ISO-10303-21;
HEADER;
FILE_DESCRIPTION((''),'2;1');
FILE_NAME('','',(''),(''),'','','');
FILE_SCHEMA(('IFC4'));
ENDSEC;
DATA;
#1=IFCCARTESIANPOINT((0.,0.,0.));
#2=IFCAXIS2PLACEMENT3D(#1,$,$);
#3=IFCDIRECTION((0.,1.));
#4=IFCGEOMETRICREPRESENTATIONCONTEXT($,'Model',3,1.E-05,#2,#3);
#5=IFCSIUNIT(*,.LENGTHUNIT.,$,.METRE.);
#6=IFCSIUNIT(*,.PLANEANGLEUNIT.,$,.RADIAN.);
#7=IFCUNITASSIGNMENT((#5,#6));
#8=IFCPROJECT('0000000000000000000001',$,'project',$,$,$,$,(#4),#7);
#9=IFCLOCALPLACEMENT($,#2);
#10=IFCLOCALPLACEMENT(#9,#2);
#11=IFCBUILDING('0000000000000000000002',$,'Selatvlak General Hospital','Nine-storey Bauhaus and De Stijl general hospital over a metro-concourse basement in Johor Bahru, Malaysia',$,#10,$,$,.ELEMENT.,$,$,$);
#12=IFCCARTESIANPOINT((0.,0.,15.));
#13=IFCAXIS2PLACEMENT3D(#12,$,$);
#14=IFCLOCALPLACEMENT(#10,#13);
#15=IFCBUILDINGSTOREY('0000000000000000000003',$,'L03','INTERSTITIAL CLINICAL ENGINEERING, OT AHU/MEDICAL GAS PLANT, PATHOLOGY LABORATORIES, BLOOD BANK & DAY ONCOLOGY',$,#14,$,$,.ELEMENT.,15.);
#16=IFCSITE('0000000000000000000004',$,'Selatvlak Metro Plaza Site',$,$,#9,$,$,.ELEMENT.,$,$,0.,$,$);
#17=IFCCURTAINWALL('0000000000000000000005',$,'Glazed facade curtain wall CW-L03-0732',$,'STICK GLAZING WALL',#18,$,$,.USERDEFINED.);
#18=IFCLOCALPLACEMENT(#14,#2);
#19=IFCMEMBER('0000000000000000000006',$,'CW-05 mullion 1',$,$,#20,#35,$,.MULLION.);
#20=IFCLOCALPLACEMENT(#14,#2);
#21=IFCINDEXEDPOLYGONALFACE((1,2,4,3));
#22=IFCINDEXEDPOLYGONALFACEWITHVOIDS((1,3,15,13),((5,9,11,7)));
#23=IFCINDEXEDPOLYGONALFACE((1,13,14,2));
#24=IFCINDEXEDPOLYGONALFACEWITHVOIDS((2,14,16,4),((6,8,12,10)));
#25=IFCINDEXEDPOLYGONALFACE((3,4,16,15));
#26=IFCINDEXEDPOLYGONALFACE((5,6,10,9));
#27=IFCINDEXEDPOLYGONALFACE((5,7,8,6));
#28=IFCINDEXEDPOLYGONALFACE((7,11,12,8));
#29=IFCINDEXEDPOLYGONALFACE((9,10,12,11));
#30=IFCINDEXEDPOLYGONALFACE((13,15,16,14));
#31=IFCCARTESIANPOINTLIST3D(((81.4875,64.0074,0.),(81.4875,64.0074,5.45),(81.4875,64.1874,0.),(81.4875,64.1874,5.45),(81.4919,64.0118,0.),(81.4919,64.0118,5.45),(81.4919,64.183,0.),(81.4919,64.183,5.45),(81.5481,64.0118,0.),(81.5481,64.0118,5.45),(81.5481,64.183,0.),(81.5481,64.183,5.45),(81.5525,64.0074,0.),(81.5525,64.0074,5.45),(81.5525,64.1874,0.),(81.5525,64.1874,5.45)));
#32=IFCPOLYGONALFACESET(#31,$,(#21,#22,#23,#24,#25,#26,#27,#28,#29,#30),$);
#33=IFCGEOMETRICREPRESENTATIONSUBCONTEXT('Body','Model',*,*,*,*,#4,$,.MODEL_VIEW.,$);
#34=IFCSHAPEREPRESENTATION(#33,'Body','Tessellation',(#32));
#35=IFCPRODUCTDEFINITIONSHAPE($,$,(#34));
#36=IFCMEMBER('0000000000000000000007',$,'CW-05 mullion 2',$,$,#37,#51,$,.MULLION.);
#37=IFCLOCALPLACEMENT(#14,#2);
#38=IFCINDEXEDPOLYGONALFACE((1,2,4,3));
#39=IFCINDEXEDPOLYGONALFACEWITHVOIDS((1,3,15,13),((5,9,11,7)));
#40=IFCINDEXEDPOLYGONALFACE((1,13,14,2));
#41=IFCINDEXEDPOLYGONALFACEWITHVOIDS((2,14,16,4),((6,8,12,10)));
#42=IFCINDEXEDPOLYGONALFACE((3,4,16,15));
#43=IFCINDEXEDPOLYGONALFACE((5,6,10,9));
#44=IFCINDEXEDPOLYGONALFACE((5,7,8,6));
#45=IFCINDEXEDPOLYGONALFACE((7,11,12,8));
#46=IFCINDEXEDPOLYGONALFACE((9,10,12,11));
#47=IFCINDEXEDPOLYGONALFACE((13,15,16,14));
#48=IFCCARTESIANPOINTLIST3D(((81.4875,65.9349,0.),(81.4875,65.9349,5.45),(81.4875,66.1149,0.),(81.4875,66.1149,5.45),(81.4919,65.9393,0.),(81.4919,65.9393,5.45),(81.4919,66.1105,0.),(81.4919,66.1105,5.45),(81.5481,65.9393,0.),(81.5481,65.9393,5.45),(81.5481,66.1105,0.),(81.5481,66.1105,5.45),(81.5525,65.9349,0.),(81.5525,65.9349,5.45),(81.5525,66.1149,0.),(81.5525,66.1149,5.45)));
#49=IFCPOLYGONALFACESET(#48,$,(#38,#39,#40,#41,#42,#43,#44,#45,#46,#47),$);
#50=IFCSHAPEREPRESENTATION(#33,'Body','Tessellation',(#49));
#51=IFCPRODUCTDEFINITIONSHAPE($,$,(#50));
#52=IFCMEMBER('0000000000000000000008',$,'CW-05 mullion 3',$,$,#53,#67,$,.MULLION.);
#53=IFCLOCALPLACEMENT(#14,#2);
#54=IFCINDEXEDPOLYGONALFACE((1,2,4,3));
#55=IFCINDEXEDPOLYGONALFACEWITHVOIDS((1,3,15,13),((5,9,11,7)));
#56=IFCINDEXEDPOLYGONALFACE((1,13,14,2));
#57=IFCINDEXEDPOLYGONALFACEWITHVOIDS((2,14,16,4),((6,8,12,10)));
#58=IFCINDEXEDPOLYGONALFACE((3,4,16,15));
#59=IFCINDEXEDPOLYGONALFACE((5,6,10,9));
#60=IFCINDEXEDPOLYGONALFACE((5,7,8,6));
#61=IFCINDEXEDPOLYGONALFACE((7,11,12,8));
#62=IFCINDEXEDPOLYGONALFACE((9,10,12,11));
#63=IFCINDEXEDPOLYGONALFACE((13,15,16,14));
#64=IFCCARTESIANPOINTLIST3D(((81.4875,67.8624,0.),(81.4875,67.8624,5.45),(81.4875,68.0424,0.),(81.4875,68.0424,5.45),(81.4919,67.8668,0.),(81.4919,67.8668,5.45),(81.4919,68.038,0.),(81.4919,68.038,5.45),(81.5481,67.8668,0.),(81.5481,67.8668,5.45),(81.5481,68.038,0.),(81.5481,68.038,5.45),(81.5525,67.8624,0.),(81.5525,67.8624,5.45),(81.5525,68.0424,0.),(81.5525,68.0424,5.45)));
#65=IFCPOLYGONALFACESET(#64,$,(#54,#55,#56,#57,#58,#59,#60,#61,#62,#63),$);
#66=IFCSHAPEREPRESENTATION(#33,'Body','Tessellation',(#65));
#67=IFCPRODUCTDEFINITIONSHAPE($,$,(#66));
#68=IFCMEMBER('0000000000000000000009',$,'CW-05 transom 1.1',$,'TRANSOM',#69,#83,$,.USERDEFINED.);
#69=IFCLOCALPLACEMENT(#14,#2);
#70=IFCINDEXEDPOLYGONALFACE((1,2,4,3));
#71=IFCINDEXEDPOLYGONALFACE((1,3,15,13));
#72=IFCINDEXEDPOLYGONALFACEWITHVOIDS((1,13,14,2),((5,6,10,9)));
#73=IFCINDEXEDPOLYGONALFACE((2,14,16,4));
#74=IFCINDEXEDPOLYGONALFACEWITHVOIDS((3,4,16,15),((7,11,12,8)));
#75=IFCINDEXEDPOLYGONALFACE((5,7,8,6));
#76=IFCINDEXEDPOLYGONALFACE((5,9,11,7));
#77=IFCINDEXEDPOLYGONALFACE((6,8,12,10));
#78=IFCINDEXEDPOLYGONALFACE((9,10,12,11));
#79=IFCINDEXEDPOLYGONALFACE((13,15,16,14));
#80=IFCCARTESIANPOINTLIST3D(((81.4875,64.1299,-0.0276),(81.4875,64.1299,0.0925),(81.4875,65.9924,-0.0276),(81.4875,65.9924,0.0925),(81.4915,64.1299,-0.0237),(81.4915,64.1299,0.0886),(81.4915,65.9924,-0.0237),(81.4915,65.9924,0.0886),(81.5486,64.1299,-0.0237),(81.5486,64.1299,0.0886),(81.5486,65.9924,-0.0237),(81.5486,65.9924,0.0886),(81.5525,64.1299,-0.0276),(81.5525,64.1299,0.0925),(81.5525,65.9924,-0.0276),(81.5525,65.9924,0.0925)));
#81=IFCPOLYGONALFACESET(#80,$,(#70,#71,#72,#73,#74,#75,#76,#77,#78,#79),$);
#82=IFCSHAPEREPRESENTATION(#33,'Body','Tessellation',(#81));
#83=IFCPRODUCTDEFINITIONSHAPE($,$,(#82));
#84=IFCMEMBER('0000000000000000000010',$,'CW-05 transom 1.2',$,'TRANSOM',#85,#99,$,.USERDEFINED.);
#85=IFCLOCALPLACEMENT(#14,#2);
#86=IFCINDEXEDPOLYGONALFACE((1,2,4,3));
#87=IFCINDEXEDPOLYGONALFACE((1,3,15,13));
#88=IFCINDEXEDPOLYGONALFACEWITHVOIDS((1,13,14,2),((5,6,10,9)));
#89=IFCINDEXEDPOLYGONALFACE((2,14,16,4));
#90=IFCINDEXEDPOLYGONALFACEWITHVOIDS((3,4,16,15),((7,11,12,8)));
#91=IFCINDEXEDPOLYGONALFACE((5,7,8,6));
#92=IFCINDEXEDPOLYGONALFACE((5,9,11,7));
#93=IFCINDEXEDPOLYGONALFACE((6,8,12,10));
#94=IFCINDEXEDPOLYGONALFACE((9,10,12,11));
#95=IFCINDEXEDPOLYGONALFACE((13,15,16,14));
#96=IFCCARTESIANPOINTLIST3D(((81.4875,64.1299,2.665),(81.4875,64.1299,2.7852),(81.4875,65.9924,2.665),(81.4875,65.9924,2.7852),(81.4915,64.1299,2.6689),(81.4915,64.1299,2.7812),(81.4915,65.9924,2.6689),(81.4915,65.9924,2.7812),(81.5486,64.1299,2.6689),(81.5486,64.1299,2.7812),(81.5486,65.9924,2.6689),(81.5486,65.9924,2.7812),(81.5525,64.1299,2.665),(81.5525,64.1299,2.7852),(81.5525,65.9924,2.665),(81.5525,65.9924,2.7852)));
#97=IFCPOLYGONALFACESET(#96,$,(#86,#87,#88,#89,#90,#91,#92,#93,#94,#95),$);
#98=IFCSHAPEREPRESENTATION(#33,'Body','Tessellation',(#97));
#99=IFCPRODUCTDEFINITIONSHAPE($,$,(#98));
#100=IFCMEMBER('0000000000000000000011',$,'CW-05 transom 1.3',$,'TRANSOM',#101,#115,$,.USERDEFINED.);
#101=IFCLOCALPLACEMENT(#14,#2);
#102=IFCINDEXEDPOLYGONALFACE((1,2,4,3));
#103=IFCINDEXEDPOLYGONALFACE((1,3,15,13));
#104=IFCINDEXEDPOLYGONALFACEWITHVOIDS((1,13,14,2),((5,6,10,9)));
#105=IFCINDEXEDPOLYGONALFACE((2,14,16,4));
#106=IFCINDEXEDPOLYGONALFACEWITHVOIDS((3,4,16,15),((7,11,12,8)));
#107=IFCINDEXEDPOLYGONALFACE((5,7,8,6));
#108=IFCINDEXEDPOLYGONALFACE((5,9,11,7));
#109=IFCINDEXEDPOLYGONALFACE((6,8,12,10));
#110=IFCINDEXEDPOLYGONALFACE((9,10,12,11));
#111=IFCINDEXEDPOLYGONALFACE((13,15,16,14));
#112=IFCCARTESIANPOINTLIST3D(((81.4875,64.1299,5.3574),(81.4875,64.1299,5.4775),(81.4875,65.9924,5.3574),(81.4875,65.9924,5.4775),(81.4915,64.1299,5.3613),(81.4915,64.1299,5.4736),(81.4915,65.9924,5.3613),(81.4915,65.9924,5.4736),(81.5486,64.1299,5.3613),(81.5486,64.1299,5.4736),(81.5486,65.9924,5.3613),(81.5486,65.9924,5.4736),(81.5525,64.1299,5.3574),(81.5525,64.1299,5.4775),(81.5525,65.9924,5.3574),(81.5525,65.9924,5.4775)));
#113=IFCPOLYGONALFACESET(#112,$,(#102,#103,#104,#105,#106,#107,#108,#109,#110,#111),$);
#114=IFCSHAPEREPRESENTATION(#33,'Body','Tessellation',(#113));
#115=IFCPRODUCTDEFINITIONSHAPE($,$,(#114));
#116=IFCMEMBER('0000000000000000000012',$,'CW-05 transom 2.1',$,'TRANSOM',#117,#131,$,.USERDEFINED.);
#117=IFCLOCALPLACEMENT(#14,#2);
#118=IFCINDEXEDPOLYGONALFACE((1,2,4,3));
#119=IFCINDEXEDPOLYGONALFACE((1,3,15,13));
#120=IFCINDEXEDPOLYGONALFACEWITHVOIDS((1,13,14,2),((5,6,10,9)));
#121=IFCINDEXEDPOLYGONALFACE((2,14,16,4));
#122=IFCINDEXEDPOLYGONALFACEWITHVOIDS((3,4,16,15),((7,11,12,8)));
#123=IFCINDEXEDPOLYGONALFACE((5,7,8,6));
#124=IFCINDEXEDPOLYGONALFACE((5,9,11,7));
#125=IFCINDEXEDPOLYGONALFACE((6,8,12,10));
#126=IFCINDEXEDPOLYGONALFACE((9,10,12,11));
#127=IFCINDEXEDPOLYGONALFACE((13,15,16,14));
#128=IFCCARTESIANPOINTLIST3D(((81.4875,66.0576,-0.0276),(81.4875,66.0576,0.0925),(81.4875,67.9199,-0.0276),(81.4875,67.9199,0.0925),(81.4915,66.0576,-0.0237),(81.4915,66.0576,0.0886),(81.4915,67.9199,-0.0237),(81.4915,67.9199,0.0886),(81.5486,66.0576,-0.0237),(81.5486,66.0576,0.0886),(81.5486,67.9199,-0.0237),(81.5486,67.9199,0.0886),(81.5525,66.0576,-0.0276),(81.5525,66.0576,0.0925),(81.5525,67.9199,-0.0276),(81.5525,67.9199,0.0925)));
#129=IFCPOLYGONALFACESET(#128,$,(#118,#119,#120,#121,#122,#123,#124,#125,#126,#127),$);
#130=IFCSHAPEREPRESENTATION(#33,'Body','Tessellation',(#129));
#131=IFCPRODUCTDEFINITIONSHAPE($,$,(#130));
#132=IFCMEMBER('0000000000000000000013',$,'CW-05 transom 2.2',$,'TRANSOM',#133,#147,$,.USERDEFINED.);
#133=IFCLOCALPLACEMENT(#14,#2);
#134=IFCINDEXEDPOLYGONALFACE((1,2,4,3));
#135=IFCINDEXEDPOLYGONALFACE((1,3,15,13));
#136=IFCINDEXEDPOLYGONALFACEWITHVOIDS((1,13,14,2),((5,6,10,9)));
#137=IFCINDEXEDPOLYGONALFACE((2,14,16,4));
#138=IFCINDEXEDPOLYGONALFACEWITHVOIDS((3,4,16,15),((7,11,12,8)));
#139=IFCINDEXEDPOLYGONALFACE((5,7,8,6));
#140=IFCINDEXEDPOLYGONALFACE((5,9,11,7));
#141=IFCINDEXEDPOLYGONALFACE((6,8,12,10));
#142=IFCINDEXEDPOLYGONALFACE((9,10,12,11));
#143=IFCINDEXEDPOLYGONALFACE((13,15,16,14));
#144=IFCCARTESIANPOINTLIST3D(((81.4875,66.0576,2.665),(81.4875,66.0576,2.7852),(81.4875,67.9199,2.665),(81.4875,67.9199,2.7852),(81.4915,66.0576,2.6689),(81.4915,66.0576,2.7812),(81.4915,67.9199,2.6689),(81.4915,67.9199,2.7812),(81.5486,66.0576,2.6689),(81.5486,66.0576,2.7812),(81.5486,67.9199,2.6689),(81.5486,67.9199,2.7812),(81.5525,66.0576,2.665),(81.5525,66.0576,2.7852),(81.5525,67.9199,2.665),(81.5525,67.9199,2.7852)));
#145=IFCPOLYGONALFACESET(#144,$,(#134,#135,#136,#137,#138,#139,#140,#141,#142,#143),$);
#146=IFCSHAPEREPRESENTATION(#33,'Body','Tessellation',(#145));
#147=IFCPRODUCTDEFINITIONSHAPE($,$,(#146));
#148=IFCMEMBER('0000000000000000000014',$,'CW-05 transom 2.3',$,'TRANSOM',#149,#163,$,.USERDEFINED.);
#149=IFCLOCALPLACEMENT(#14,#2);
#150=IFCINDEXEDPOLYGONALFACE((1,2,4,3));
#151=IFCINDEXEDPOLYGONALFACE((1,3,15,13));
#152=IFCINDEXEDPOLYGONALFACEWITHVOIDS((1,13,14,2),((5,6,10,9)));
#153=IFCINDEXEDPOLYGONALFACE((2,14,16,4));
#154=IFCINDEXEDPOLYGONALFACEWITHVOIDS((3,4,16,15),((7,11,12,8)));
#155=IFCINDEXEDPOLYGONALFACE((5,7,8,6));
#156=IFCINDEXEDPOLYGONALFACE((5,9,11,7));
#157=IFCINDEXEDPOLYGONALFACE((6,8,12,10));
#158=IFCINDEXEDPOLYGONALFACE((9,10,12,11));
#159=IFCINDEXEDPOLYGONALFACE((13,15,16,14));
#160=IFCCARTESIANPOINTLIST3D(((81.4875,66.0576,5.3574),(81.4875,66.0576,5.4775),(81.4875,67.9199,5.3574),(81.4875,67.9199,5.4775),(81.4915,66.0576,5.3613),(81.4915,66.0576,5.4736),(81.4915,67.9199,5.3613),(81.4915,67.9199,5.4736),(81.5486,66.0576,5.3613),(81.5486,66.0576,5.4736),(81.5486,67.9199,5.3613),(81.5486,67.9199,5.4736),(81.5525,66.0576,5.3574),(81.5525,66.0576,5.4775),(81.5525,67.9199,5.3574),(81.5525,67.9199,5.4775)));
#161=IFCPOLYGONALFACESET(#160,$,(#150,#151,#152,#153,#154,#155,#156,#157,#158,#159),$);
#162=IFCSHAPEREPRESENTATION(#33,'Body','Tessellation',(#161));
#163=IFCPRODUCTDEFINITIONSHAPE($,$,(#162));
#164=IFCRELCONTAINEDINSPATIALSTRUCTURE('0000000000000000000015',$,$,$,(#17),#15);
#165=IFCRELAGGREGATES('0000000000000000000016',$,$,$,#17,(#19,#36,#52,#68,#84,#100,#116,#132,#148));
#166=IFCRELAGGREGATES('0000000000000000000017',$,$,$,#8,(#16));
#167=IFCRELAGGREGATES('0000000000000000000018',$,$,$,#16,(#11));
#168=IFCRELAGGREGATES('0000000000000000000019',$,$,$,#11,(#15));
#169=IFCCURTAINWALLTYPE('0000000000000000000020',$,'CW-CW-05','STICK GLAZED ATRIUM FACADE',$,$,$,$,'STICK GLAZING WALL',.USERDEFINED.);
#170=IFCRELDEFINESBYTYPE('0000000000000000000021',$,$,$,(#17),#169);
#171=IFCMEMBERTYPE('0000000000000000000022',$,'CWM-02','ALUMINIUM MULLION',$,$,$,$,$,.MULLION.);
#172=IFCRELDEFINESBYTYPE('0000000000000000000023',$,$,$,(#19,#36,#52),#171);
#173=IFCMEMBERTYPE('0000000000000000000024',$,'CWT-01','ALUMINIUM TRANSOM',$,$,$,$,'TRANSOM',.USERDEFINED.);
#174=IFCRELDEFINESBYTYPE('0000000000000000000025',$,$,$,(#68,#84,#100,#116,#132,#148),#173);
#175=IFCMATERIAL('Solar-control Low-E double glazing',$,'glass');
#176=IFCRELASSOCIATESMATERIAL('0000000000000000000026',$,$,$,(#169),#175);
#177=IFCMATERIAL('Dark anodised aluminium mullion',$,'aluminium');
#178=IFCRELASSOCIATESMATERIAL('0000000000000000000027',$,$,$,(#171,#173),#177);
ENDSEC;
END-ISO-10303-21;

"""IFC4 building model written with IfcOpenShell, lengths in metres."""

from ifc_helpers import new_model, si_unit, direction, frame, origin, origin_2d, place, context, subcontext, project, spatial, hollow_rectangle, extrude, material, material_profile, profile_set, type_object, element, aggregate, save


model = new_model("IFC4")

# Units and contexts
model_context = context("Model", 3, precision=1e-05, world=origin(), true_north=direction((0.0, 1.0)))
body_context = subcontext(model_context, "Body", "Model", "MODEL_VIEW")
ifc_project = project(units=[si_unit("LENGTHUNIT", "METRE"), si_unit("PLANEANGLEUNIT", "RADIAN")], contexts=[model_context])

# Site, building, storey
site_placement = place(None, origin())
site = spatial("IfcSite", under=ifc_project, at=site_placement, Name="Selatvlak Metro Plaza Site", CompositionType="ELEMENT", RefElevation=0.0)
building_placement = place(site_placement, origin())
building = spatial("IfcBuilding", under=site, at=building_placement, Name="Selatvlak General Hospital", Description="Nine-storey Bauhaus and De Stijl general hospital over a metro-concourse basement in Johor Bahru, Malaysia", CompositionType="ELEMENT")
storey_placement = place(building_placement, frame((0.0, 0.0, 15.0)))
storey = spatial("IfcBuildingStorey", under=building, at=storey_placement, Name="L03", Description="INTERSTITIAL CLINICAL ENGINEERING, OT AHU/MEDICAL GAS PLANT, PATHOLOGY LABORATORIES, BLOOD BANK & DAY ONCOLOGY", CompositionType="ELEMENT", Elevation=15.0)

# Shared definitions
ifc_material_1 = material(Name="Solar-control Low-E double glazing", Category="glass")
curtain_wall_type = type_object("IfcCurtainWallType", Name="CW-CW-05", Description="STICK GLAZED ATRIUM FACADE", ElementType="STICK GLAZING WALL", PredefinedType="USERDEFINED", material=ifc_material_1)
ifc_material_2 = material(Name="Dark anodised aluminium mullion", Category="aluminium")
ifc_material_profile_1 = material_profile(ifc_material_2, hollow_rectangle(XDim=0.0649, YDim=0.1799, WallThickness=0.0044, at=origin_2d()), Name="AL-MUL 65x180x4.5")
ifc_profile_set_1 = profile_set([ifc_material_profile_1], Name="Dark anodised aluminium mullion")
member_type_1 = type_object("IfcMemberType", Name="CWM-02", Description="ALUMINIUM MULLION", PredefinedType="MULLION", material=ifc_profile_set_1)

# Curtain wall, members
curtain_wall_1_placement = place(storey_placement, origin())
curtain_wall_1 = element("IfcCurtainWall", 1, at=curtain_wall_1_placement, inside=storey, type_object=curtain_wall_type, Name="Glazed facade curtain wall CW-L03-0732", ObjectType="STICK GLAZING WALL", PredefinedType="USERDEFINED")
member_1_placement = place(storey_placement, frame((81.52, 64.0974, 0.0), z_axis=(0.0, 0.0, 1.0), x_axis=(-1.0, 0.0, 0.0)))
member_1 = element("IfcMember", 2, at=member_1_placement, type_object=member_type_1, Name="CW-05 mullion 1", PredefinedType="MULLION", context=body_context, shape_type="SweptSolid", body=[
    extrude(hollow_rectangle(XDim=0.0649, YDim=0.1799, WallThickness=0.0044, at=origin_2d()), origin(), (0.0, 0.0, 1.0), 5.45),
])
member_2_placement = place(storey_placement, frame((81.52, 66.0249, 0.0), z_axis=(0.0, 0.0, 1.0), x_axis=(-1.0, 0.0, 0.0)))
member_2 = element("IfcMember", 3, at=member_2_placement, type_object=member_type_1, Name="CW-05 mullion 2", PredefinedType="MULLION", context=body_context, shape_type="SweptSolid", body=[
    extrude(hollow_rectangle(XDim=0.0649, YDim=0.1799, WallThickness=0.0044, at=origin_2d()), origin(), (0.0, 0.0, 1.0), 5.45),
])
member_3_placement = place(storey_placement, frame((81.52, 67.9524, 0.0), z_axis=(0.0, 0.0, 1.0), x_axis=(-1.0, 0.0, 0.0)))
member_3 = element("IfcMember", 4, at=member_3_placement, type_object=member_type_1, Name="CW-05 mullion 3", PredefinedType="MULLION", context=body_context, shape_type="SweptSolid", body=[
    extrude(hollow_rectangle(XDim=0.0649, YDim=0.1799, WallThickness=0.0044, at=origin_2d()), origin(), (0.0, 0.0, 1.0), 5.45),
])
ifc_material_profile_2 = material_profile(ifc_material_2, hollow_rectangle(XDim=0.0649, YDim=0.1201, WallThickness=0.0039, at=origin_2d()), Name="AL-TRN 65x120x4")
ifc_profile_set_2 = profile_set([ifc_material_profile_2], Name="Dark anodised aluminium mullion")
member_type_2 = type_object("IfcMemberType", Name="CWT-01", Description="ALUMINIUM TRANSOM", ElementType="TRANSOM", PredefinedType="USERDEFINED", material=ifc_profile_set_2)
member_4_placement = place(storey_placement, frame((81.52, 64.1299, 0.0325), z_axis=(0.0, 1.0, 0.0), x_axis=(-1.0, 0.0, 0.0)))
member_4 = element("IfcMember", 5, at=member_4_placement, type_object=member_type_2, Name="CW-05 transom 1.1", ObjectType="TRANSOM", PredefinedType="USERDEFINED", context=body_context, shape_type="SweptSolid", body=[
    extrude(hollow_rectangle(XDim=0.0649, YDim=0.1201, WallThickness=0.0039, at=origin_2d()), origin(), (0.0, 0.0, 1.0), 1.8625),
])
member_5_placement = place(storey_placement, frame((81.52, 64.1299, 2.7251), z_axis=(0.0, 1.0, 0.0), x_axis=(-1.0, 0.0, 0.0)))
member_5 = element("IfcMember", 6, at=member_5_placement, type_object=member_type_2, Name="CW-05 transom 1.2", ObjectType="TRANSOM", PredefinedType="USERDEFINED", context=body_context, shape_type="SweptSolid", body=[
    extrude(hollow_rectangle(XDim=0.0649, YDim=0.1201, WallThickness=0.0039, at=origin_2d()), origin(), (0.0, 0.0, 1.0), 1.8625),
])
member_6_placement = place(storey_placement, frame((81.52, 64.1299, 5.4175), z_axis=(0.0, 1.0, 0.0), x_axis=(-1.0, 0.0, 0.0)))
member_6 = element("IfcMember", 7, at=member_6_placement, type_object=member_type_2, Name="CW-05 transom 1.3", ObjectType="TRANSOM", PredefinedType="USERDEFINED", context=body_context, shape_type="SweptSolid", body=[
    extrude(hollow_rectangle(XDim=0.0649, YDim=0.1201, WallThickness=0.0039, at=origin_2d()), origin(), (0.0, 0.0, 1.0), 1.8625),
])
member_7_placement = place(storey_placement, frame((81.52, 66.0576, 0.0325), z_axis=(0.0, 1.0, 0.0), x_axis=(-1.0, 0.0, 0.0)))
member_7 = element("IfcMember", 8, at=member_7_placement, type_object=member_type_2, Name="CW-05 transom 2.1", ObjectType="TRANSOM", PredefinedType="USERDEFINED", context=body_context, shape_type="SweptSolid", body=[
    extrude(hollow_rectangle(XDim=0.0649, YDim=0.1201, WallThickness=0.0039, at=origin_2d()), origin(), (0.0, 0.0, 1.0), 1.8623),
])
member_8_placement = place(storey_placement, frame((81.52, 66.0576, 2.7251), z_axis=(0.0, 1.0, 0.0), x_axis=(-1.0, 0.0, 0.0)))
member_8 = element("IfcMember", 9, at=member_8_placement, type_object=member_type_2, Name="CW-05 transom 2.2", ObjectType="TRANSOM", PredefinedType="USERDEFINED", context=body_context, shape_type="SweptSolid", body=[
    extrude(hollow_rectangle(XDim=0.0649, YDim=0.1201, WallThickness=0.0039, at=origin_2d()), origin(), (0.0, 0.0, 1.0), 1.8623),
])
member_9_placement = place(storey_placement, frame((81.52, 66.0576, 5.4175), z_axis=(0.0, 1.0, 0.0), x_axis=(-1.0, 0.0, 0.0)))
member_9 = element("IfcMember", 10, at=member_9_placement, type_object=member_type_2, Name="CW-05 transom 2.3", ObjectType="TRANSOM", PredefinedType="USERDEFINED", context=body_context, shape_type="SweptSolid", body=[
    extrude(hollow_rectangle(XDim=0.0649, YDim=0.1201, WallThickness=0.0039, at=origin_2d()), origin(), (0.0, 0.0, 1.0), 1.8623),
])

aggregate(curtain_wall_1, [member_1, member_2, member_3, member_4, member_5, member_6, member_7, member_8, member_9])

save(model, "model.ifc")
